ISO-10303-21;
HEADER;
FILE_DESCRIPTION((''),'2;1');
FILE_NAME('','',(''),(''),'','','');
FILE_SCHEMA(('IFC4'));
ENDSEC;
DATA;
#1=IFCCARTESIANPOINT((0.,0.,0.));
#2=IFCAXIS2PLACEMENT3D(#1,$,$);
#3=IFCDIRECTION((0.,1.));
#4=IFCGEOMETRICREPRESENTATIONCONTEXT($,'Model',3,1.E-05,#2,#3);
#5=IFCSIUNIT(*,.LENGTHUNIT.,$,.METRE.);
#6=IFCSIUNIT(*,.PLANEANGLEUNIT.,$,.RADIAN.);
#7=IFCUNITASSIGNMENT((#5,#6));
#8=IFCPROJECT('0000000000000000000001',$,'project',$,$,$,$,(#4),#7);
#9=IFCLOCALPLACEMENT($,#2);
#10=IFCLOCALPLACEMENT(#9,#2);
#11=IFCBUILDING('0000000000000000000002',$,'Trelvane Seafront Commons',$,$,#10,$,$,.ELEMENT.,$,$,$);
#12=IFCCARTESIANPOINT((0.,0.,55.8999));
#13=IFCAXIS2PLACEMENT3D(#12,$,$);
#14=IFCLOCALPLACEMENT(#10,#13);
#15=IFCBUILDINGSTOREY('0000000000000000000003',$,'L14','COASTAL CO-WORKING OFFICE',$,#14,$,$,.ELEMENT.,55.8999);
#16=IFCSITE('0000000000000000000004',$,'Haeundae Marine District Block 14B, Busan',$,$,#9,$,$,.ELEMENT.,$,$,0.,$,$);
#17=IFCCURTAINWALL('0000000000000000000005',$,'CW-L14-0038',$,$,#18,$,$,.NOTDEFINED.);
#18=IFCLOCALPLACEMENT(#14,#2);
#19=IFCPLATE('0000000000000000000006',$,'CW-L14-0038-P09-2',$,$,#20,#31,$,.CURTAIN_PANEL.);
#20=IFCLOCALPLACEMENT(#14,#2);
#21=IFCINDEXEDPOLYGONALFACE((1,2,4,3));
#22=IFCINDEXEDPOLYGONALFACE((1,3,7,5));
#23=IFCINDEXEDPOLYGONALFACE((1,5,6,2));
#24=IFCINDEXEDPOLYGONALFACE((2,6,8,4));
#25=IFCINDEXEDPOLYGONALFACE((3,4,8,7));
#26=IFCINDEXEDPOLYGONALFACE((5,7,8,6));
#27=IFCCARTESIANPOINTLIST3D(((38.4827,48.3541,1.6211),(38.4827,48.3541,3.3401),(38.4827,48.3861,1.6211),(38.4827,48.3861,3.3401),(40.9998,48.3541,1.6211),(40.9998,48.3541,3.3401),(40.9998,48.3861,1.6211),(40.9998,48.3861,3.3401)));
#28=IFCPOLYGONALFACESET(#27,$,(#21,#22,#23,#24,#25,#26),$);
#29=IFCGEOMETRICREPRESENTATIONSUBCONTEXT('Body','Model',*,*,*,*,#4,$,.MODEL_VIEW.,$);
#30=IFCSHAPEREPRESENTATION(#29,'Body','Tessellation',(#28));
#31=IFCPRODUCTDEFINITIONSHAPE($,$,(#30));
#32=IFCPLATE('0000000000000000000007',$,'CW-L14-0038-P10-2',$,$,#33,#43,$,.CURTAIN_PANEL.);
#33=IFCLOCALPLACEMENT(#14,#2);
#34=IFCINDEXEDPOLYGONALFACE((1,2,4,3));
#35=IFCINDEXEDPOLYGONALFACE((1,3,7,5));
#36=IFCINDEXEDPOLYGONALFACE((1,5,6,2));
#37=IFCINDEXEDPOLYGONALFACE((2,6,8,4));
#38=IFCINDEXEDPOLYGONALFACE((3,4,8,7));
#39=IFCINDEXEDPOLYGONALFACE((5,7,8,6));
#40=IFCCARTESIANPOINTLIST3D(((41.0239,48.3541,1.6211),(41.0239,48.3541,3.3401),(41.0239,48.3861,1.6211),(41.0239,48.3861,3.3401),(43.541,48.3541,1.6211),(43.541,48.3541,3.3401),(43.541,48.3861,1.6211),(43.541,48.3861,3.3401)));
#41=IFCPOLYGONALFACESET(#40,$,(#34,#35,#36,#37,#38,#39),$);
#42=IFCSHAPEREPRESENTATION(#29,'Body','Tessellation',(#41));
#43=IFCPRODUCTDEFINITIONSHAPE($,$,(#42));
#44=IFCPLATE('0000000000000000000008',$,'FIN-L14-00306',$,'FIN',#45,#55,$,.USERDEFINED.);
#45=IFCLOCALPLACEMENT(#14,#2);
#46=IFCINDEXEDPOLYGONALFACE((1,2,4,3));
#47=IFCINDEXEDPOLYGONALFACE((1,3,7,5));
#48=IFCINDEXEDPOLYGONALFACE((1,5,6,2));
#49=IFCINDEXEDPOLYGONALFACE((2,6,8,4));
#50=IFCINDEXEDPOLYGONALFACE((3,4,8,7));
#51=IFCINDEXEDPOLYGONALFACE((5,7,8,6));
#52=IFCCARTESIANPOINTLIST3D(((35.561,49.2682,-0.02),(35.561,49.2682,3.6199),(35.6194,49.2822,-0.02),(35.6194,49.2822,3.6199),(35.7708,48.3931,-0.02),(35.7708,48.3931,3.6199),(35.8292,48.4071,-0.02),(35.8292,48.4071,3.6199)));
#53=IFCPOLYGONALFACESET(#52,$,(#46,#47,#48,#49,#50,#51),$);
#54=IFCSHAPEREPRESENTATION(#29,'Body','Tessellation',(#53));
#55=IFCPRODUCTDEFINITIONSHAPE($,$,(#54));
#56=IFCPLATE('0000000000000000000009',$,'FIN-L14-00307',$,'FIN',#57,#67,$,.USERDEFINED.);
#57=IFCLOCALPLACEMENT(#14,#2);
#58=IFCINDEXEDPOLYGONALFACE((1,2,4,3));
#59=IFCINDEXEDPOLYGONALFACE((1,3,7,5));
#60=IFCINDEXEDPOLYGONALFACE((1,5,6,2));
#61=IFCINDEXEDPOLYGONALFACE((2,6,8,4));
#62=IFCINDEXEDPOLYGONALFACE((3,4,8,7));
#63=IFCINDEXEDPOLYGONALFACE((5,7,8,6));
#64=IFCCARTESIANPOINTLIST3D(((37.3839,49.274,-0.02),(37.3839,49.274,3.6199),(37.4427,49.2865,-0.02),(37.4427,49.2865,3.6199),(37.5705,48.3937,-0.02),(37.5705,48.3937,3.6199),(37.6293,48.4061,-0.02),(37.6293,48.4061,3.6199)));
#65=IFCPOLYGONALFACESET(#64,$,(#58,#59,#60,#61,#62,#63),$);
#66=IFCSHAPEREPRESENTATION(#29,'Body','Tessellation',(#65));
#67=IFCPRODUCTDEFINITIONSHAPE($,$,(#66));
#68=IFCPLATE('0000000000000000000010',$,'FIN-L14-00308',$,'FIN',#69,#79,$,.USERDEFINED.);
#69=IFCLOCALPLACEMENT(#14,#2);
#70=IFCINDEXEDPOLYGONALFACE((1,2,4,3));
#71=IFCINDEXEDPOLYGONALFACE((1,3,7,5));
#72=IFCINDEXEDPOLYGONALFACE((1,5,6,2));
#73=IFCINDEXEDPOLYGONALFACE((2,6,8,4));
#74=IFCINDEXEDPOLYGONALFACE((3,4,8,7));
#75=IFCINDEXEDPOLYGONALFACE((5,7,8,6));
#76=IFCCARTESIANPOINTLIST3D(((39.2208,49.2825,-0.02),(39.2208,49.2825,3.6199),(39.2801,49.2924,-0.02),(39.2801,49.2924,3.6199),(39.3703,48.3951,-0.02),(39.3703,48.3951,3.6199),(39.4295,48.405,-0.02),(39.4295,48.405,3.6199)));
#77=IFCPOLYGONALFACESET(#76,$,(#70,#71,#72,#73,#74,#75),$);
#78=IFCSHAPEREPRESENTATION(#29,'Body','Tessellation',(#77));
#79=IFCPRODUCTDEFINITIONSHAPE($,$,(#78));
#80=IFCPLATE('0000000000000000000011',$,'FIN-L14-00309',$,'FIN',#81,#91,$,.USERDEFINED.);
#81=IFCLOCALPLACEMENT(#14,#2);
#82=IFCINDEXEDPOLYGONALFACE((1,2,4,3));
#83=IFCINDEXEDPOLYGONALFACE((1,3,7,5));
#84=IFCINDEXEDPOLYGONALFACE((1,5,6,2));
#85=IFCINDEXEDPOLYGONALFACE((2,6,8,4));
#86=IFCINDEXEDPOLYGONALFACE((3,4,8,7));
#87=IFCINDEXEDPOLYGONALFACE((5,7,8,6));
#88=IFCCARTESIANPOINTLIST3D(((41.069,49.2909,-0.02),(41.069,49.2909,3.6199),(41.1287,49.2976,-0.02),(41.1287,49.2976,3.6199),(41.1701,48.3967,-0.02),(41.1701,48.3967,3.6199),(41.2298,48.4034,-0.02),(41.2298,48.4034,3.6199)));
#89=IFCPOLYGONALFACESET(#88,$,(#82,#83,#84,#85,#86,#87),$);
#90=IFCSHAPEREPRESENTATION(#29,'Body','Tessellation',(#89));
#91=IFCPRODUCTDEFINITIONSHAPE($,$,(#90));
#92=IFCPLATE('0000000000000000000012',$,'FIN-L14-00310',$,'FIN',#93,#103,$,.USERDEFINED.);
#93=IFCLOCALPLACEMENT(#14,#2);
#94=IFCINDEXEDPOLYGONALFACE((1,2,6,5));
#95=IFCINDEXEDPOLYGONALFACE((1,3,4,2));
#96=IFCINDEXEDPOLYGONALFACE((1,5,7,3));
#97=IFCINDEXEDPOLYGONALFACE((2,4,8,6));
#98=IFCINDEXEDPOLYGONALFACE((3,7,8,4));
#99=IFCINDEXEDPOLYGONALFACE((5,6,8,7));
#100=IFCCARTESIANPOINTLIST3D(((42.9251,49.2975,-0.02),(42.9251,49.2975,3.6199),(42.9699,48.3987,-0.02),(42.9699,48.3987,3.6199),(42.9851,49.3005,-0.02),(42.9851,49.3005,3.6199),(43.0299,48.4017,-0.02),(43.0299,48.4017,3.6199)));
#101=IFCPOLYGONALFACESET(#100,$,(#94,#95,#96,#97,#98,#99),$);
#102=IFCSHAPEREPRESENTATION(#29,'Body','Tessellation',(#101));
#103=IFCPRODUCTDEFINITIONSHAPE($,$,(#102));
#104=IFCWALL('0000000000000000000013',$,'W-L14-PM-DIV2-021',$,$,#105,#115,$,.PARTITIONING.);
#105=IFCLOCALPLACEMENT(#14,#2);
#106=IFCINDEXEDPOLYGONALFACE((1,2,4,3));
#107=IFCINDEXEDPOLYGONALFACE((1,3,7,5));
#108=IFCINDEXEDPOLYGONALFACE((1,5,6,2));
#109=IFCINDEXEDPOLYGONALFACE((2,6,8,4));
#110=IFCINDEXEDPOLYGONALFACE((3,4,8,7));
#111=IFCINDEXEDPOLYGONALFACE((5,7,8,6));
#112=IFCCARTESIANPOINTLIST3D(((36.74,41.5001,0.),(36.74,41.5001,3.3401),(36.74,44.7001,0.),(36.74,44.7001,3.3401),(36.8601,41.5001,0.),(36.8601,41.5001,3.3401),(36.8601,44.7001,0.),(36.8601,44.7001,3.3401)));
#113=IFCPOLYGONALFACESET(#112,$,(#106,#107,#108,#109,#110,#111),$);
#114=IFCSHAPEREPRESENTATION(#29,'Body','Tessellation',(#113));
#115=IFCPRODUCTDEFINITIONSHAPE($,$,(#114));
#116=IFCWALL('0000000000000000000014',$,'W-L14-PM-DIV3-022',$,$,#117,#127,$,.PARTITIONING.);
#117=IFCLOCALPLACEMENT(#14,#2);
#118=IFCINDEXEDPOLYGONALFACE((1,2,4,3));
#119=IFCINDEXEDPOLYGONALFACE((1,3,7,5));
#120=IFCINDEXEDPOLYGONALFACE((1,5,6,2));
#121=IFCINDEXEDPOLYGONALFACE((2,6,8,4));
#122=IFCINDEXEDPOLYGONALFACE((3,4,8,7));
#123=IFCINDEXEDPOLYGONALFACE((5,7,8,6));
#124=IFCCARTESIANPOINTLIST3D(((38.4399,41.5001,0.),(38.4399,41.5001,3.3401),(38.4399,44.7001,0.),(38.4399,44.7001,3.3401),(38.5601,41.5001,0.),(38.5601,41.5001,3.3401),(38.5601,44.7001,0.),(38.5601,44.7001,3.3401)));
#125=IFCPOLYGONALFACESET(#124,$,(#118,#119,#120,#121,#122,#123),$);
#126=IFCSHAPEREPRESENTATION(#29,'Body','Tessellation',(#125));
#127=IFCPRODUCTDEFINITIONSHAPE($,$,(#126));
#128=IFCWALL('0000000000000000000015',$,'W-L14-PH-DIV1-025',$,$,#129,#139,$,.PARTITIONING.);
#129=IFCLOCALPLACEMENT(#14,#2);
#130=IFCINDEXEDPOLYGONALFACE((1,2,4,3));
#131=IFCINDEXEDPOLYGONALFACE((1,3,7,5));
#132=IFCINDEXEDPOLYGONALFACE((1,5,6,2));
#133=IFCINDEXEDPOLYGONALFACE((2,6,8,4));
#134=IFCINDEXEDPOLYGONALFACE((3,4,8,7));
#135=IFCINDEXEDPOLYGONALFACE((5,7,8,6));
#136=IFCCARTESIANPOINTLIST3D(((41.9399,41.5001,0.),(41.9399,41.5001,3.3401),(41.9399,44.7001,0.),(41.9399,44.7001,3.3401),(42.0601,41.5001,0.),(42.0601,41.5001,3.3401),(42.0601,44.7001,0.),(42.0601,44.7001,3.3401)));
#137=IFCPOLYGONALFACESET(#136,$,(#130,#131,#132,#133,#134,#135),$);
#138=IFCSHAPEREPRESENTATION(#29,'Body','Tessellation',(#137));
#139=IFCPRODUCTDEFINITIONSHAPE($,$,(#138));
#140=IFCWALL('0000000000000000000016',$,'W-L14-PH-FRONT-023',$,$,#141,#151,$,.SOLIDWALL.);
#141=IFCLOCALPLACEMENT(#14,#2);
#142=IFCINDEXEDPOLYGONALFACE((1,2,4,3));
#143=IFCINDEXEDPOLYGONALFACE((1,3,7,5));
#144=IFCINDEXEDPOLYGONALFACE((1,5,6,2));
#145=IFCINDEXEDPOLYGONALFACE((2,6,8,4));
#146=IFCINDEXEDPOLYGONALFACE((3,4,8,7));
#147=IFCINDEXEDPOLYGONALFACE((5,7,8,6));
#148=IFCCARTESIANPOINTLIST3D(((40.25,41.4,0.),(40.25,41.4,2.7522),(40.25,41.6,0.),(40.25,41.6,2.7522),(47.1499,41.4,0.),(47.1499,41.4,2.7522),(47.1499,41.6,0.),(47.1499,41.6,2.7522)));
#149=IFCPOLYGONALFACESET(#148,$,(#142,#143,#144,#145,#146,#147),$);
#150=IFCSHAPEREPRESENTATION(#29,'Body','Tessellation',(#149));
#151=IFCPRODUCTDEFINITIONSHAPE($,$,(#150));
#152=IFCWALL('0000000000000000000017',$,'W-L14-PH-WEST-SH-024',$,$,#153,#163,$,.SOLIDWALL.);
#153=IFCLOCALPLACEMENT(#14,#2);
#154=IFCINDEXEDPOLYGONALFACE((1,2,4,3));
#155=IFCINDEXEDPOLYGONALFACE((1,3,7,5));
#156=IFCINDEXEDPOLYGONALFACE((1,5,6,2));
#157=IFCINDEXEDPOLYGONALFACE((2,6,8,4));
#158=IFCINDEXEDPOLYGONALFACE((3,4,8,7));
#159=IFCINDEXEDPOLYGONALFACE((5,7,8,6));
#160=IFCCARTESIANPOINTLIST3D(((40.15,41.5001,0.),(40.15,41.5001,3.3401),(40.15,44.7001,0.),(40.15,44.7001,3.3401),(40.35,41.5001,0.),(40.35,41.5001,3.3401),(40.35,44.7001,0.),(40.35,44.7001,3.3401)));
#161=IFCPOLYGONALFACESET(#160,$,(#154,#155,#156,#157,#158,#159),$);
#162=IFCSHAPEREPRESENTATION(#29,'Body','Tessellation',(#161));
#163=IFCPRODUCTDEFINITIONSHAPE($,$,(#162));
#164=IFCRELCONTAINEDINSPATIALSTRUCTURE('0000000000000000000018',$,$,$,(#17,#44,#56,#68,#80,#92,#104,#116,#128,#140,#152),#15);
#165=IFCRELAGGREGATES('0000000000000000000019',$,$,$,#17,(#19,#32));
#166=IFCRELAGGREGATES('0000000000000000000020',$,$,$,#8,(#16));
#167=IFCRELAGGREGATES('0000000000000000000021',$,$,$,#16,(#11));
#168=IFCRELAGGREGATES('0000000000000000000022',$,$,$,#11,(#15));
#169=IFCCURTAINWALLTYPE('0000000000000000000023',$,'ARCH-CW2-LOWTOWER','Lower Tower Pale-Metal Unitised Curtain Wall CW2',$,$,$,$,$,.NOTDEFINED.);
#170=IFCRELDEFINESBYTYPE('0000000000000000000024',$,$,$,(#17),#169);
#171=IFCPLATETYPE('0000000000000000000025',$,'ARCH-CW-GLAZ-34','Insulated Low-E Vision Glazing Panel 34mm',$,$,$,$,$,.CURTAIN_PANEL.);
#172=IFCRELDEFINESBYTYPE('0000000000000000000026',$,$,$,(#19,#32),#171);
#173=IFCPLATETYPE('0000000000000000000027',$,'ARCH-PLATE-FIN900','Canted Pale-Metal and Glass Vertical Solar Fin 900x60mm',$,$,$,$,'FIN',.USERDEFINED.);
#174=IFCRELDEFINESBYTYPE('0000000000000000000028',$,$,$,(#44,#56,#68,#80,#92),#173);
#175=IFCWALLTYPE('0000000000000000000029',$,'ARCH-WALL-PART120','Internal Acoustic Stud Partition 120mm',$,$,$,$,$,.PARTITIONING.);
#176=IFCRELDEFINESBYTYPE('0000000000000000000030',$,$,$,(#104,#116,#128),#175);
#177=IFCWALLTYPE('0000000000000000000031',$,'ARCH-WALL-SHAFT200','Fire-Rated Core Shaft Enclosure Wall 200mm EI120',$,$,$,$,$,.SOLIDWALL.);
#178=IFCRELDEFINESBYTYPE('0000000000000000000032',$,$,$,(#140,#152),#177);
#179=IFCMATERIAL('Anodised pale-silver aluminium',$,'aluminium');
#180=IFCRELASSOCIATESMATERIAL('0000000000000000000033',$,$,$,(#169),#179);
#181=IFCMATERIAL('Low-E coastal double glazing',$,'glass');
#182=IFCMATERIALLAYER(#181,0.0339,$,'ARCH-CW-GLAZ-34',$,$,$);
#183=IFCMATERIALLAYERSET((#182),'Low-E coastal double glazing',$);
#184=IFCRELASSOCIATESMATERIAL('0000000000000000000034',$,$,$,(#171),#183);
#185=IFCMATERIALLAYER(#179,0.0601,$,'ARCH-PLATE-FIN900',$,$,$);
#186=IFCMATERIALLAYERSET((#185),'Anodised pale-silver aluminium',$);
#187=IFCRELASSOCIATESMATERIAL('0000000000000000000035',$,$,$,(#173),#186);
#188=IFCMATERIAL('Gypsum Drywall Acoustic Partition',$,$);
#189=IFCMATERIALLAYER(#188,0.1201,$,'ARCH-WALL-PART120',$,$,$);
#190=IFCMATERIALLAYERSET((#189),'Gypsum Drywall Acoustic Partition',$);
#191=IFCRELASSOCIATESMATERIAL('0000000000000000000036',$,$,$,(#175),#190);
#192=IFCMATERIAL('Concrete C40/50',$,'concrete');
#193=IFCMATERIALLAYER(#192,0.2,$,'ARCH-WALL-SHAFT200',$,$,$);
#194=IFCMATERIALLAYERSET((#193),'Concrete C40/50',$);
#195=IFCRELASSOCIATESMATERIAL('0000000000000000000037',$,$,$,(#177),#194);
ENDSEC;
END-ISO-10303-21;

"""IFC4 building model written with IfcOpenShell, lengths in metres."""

from ifc_helpers import new_model, si_unit, direction, frame, frame_2d, origin, origin_2d, place, context, subcontext, project, spatial, rectangle, extrude, source, transform, mapped, material, layer, layer_set, type_object, element, aggregate, save


model = new_model("IFC4")

# Units and contexts
model_context = context("Model", 3, precision=1e-05, world=origin(), true_north=direction((0.0, 1.0)))
body_context = subcontext(model_context, "Body", "Model", "MODEL_VIEW")
ifc_project = project(units=[si_unit("LENGTHUNIT", "METRE"), si_unit("PLANEANGLEUNIT", "RADIAN")], contexts=[model_context])

# Site, building, storey
site_placement = place(None, origin())
site = spatial("IfcSite", under=ifc_project, at=site_placement, Name="Haeundae Marine District Block 14B, Busan", CompositionType="ELEMENT", RefElevation=0.0)
building_placement = place(site_placement, origin())
building = spatial("IfcBuilding", under=site, at=building_placement, Name="Trelvane Seafront Commons", CompositionType="ELEMENT")
storey_placement = place(building_placement, frame((0.0, 0.0, 55.8999)))
storey = spatial("IfcBuildingStorey", under=building, at=storey_placement, Name="L14", Description="COASTAL CO-WORKING OFFICE", CompositionType="ELEMENT", Elevation=55.8999)

# Curtain wall, plates
ifc_material_1 = material(Name="Anodised pale-silver aluminium", Category="aluminium")
curtain_wall_type = type_object("IfcCurtainWallType", Name="ARCH-CW2-LOWTOWER", Description="Lower Tower Pale-Metal Unitised Curtain Wall CW2", PredefinedType="NOTDEFINED", material=ifc_material_1)
curtain_wall_placement = place(storey_placement, origin())
curtain_wall = element("IfcCurtainWall", 1, at=curtain_wall_placement, inside=storey, type_object=curtain_wall_type, Name="CW-L14-0038", PredefinedType="NOTDEFINED")
ifc_material_2 = material(Name="Low-E coastal double glazing", Category="glass")
ifc_layer_1 = layer(ifc_material_2, 0.0339, Name="ARCH-CW-GLAZ-34")
ifc_layer_set_1 = layer_set([ifc_layer_1], Name="Low-E coastal double glazing")
plate_type_1 = type_object("IfcPlateType", Name="ARCH-CW-GLAZ-34", Description="Insulated Low-E Vision Glazing Panel 34mm", PredefinedType="CURTAIN_PANEL", material=ifc_layer_set_1)
shared_shape_1 = source(origin(), body_context, "Body", "SweptSolid", [
    extrude(rectangle(XDim=2.5171, YDim=0.032, at=origin_2d()), origin(), (0.0, 0.0, 1.0), 1.719),
])
plate_1_placement = place(storey_placement, frame((39.7412, 48.3701, 1.6211), z_axis=(0.0, 0.0, 1.0), x_axis=(1.0, 0.0, 0.0)))
plate_1 = element("IfcPlate", 2, at=plate_1_placement, type_object=plate_type_1, Name="CW-L14-0038-P09-2", PredefinedType="CURTAIN_PANEL", context=body_context, shape_type="MappedRepresentation", body=[
    mapped(shared_shape_1, transform((0.0, 0.0, 0.0), x_axis=(1.0, 0.0, 0.0), y_axis=(0.0, 1.0, 0.0), z_axis=(0.0, 0.0, 1.0), scale=1.0)),
])
plate_2_placement = place(storey_placement, frame((42.2825, 48.3701, 1.6211), z_axis=(0.0, 0.0, 1.0), x_axis=(1.0, 0.0, 0.0)))
plate_2 = element("IfcPlate", 3, at=plate_2_placement, type_object=plate_type_1, Name="CW-L14-0038-P10-2", PredefinedType="CURTAIN_PANEL", context=body_context, shape_type="MappedRepresentation", body=[
    mapped(shared_shape_1, transform((0.0, 0.0, 0.0), x_axis=(1.0, 0.0, 0.0), y_axis=(0.0, 1.0, 0.0), z_axis=(0.0, 0.0, 1.0), scale=1.0)),
])
aggregate(curtain_wall, [plate_1, plate_2])

# Plates
ifc_layer_2 = layer(ifc_material_1, 0.0601, Name="ARCH-PLATE-FIN900")
ifc_layer_set_2 = layer_set([ifc_layer_2], Name="Anodised pale-silver aluminium")
plate_type_2 = type_object("IfcPlateType", Name="ARCH-PLATE-FIN900", Description="Canted Pale-Metal and Glass Vertical Solar Fin 900x60mm", ElementType="FIN", PredefinedType="USERDEFINED", material=ifc_layer_set_2)
shared_shape_2 = source(origin(), body_context, "Body", "SweptSolid", [
    extrude(rectangle(XDim=0.8999, YDim=0.0601, at=origin_2d()), origin(), (0.0, 0.0, 1.0), 3.6399),
])
for number, where, z_axis, x_axis, name in (
    (4, (35.6951, 48.8376, -0.02), (0.0, 0.0, 1.0), (-0.233113, 0.97245, 0.0), "FIN-L14-00306"),
    (5, (37.5066, 48.8401, -0.02), (0.0, 0.0, 1.0), (-0.207343, 0.978268, 0.0), "FIN-L14-00307"),
    (6, (39.3252, 48.8438, -0.02), (0.0, 0.0, 1.0), (-0.16611, 0.986107, 0.0), "FIN-L14-00308"),
    (7, (41.1494, 48.8472, -0.02), (0.0, 0.0, 1.0), (-0.112334, 0.99367, 0.0), "FIN-L14-00309"),
    (8, (42.9775, 48.8496, -0.02), (0.0, 0.0, 1.0), (-0.049777, 0.99876, 0.0), "FIN-L14-00310"),
):
    element("IfcPlate", number, at=place(storey_placement, frame(where, z_axis=z_axis, x_axis=x_axis)), inside=storey, type_object=plate_type_2, Name=name, ObjectType="FIN", PredefinedType="USERDEFINED", context=body_context, shape_type="MappedRepresentation", body=[
        mapped(shared_shape_2, transform((0.0, 0.0, 0.0), x_axis=(1.0, 0.0, 0.0), y_axis=(0.0, 1.0, 0.0), z_axis=(0.0, 0.0, 1.0), scale=1.0)),
    ])

# Walls
ifc_material_3 = material(Name="Gypsum Drywall Acoustic Partition")
ifc_layer_3 = layer(ifc_material_3, 0.1201, Name="ARCH-WALL-PART120")
ifc_layer_set_3 = layer_set([ifc_layer_3], Name="Gypsum Drywall Acoustic Partition")
wall_type_1 = type_object("IfcWallType", Name="ARCH-WALL-PART120", Description="Internal Acoustic Stud Partition 120mm", PredefinedType="PARTITIONING", material=ifc_layer_set_3)
for number, where, z_axis, x_axis, name in (
    (9, (36.8, 41.5, 0.0), (0.0, 0.0, 1.0), (0.0, 1.0, 0.0), "W-L14-PM-DIV2-021"),
    (10, (38.5, 41.5, 0.0), (0.0, 0.0, 1.0), (0.0, 1.0, 0.0), "W-L14-PM-DIV3-022"),
    (11, (42.0, 41.5, 0.0), (0.0, 0.0, 1.0), (0.0, 1.0, 0.0), "W-L14-PH-DIV1-025"),
):
    element("IfcWall", number, at=place(storey_placement, frame(where, z_axis=z_axis, x_axis=x_axis)), inside=storey, type_object=wall_type_1, Name=name, PredefinedType="PARTITIONING", context=body_context, shape_type="SweptSolid", body=[
        extrude(rectangle(XDim=3.2, YDim=0.1201, at=frame_2d((1.6001, 0.0))), origin(), (0.0, 0.0, 1.0), 3.3401),
    ])

# Walls
ifc_material_4 = material(Name="Concrete C40/50", Category="concrete")
ifc_layer_4 = layer(ifc_material_4, 0.2, Name="ARCH-WALL-SHAFT200")
ifc_layer_set_4 = layer_set([ifc_layer_4], Name="Concrete C40/50")
wall_type_2 = type_object("IfcWallType", Name="ARCH-WALL-SHAFT200", Description="Fire-Rated Core Shaft Enclosure Wall 200mm EI120", PredefinedType="SOLIDWALL", material=ifc_layer_set_4)
wall_1_placement = place(storey_placement, frame((40.25, 41.5, 0.0), z_axis=(0.0, 0.0, 1.0), x_axis=(1.0, 0.0, 0.0)))
element("IfcWall", 12, at=wall_1_placement, inside=storey, type_object=wall_type_2, Name="W-L14-PH-FRONT-023", PredefinedType="SOLIDWALL", context=body_context, shape_type="SweptSolid", body=[
    extrude(rectangle(XDim=6.8999, YDim=0.2, at=frame_2d((3.45, 0.0))), origin(), (0.0, 0.0, 1.0), 2.7522),
])
wall_2_placement = place(storey_placement, frame((40.25, 41.5, 0.0), z_axis=(0.0, 0.0, 1.0), x_axis=(0.0, 1.0, 0.0)))
element("IfcWall", 13, at=wall_2_placement, inside=storey, type_object=wall_type_2, Name="W-L14-PH-WEST-SH-024", PredefinedType="SOLIDWALL", context=body_context, shape_type="SweptSolid", body=[
    extrude(rectangle(XDim=3.2, YDim=0.2, at=frame_2d((1.6001, 0.0))), origin(), (0.0, 0.0, 1.0), 3.3401),
])

save(model, "model.ifc")
